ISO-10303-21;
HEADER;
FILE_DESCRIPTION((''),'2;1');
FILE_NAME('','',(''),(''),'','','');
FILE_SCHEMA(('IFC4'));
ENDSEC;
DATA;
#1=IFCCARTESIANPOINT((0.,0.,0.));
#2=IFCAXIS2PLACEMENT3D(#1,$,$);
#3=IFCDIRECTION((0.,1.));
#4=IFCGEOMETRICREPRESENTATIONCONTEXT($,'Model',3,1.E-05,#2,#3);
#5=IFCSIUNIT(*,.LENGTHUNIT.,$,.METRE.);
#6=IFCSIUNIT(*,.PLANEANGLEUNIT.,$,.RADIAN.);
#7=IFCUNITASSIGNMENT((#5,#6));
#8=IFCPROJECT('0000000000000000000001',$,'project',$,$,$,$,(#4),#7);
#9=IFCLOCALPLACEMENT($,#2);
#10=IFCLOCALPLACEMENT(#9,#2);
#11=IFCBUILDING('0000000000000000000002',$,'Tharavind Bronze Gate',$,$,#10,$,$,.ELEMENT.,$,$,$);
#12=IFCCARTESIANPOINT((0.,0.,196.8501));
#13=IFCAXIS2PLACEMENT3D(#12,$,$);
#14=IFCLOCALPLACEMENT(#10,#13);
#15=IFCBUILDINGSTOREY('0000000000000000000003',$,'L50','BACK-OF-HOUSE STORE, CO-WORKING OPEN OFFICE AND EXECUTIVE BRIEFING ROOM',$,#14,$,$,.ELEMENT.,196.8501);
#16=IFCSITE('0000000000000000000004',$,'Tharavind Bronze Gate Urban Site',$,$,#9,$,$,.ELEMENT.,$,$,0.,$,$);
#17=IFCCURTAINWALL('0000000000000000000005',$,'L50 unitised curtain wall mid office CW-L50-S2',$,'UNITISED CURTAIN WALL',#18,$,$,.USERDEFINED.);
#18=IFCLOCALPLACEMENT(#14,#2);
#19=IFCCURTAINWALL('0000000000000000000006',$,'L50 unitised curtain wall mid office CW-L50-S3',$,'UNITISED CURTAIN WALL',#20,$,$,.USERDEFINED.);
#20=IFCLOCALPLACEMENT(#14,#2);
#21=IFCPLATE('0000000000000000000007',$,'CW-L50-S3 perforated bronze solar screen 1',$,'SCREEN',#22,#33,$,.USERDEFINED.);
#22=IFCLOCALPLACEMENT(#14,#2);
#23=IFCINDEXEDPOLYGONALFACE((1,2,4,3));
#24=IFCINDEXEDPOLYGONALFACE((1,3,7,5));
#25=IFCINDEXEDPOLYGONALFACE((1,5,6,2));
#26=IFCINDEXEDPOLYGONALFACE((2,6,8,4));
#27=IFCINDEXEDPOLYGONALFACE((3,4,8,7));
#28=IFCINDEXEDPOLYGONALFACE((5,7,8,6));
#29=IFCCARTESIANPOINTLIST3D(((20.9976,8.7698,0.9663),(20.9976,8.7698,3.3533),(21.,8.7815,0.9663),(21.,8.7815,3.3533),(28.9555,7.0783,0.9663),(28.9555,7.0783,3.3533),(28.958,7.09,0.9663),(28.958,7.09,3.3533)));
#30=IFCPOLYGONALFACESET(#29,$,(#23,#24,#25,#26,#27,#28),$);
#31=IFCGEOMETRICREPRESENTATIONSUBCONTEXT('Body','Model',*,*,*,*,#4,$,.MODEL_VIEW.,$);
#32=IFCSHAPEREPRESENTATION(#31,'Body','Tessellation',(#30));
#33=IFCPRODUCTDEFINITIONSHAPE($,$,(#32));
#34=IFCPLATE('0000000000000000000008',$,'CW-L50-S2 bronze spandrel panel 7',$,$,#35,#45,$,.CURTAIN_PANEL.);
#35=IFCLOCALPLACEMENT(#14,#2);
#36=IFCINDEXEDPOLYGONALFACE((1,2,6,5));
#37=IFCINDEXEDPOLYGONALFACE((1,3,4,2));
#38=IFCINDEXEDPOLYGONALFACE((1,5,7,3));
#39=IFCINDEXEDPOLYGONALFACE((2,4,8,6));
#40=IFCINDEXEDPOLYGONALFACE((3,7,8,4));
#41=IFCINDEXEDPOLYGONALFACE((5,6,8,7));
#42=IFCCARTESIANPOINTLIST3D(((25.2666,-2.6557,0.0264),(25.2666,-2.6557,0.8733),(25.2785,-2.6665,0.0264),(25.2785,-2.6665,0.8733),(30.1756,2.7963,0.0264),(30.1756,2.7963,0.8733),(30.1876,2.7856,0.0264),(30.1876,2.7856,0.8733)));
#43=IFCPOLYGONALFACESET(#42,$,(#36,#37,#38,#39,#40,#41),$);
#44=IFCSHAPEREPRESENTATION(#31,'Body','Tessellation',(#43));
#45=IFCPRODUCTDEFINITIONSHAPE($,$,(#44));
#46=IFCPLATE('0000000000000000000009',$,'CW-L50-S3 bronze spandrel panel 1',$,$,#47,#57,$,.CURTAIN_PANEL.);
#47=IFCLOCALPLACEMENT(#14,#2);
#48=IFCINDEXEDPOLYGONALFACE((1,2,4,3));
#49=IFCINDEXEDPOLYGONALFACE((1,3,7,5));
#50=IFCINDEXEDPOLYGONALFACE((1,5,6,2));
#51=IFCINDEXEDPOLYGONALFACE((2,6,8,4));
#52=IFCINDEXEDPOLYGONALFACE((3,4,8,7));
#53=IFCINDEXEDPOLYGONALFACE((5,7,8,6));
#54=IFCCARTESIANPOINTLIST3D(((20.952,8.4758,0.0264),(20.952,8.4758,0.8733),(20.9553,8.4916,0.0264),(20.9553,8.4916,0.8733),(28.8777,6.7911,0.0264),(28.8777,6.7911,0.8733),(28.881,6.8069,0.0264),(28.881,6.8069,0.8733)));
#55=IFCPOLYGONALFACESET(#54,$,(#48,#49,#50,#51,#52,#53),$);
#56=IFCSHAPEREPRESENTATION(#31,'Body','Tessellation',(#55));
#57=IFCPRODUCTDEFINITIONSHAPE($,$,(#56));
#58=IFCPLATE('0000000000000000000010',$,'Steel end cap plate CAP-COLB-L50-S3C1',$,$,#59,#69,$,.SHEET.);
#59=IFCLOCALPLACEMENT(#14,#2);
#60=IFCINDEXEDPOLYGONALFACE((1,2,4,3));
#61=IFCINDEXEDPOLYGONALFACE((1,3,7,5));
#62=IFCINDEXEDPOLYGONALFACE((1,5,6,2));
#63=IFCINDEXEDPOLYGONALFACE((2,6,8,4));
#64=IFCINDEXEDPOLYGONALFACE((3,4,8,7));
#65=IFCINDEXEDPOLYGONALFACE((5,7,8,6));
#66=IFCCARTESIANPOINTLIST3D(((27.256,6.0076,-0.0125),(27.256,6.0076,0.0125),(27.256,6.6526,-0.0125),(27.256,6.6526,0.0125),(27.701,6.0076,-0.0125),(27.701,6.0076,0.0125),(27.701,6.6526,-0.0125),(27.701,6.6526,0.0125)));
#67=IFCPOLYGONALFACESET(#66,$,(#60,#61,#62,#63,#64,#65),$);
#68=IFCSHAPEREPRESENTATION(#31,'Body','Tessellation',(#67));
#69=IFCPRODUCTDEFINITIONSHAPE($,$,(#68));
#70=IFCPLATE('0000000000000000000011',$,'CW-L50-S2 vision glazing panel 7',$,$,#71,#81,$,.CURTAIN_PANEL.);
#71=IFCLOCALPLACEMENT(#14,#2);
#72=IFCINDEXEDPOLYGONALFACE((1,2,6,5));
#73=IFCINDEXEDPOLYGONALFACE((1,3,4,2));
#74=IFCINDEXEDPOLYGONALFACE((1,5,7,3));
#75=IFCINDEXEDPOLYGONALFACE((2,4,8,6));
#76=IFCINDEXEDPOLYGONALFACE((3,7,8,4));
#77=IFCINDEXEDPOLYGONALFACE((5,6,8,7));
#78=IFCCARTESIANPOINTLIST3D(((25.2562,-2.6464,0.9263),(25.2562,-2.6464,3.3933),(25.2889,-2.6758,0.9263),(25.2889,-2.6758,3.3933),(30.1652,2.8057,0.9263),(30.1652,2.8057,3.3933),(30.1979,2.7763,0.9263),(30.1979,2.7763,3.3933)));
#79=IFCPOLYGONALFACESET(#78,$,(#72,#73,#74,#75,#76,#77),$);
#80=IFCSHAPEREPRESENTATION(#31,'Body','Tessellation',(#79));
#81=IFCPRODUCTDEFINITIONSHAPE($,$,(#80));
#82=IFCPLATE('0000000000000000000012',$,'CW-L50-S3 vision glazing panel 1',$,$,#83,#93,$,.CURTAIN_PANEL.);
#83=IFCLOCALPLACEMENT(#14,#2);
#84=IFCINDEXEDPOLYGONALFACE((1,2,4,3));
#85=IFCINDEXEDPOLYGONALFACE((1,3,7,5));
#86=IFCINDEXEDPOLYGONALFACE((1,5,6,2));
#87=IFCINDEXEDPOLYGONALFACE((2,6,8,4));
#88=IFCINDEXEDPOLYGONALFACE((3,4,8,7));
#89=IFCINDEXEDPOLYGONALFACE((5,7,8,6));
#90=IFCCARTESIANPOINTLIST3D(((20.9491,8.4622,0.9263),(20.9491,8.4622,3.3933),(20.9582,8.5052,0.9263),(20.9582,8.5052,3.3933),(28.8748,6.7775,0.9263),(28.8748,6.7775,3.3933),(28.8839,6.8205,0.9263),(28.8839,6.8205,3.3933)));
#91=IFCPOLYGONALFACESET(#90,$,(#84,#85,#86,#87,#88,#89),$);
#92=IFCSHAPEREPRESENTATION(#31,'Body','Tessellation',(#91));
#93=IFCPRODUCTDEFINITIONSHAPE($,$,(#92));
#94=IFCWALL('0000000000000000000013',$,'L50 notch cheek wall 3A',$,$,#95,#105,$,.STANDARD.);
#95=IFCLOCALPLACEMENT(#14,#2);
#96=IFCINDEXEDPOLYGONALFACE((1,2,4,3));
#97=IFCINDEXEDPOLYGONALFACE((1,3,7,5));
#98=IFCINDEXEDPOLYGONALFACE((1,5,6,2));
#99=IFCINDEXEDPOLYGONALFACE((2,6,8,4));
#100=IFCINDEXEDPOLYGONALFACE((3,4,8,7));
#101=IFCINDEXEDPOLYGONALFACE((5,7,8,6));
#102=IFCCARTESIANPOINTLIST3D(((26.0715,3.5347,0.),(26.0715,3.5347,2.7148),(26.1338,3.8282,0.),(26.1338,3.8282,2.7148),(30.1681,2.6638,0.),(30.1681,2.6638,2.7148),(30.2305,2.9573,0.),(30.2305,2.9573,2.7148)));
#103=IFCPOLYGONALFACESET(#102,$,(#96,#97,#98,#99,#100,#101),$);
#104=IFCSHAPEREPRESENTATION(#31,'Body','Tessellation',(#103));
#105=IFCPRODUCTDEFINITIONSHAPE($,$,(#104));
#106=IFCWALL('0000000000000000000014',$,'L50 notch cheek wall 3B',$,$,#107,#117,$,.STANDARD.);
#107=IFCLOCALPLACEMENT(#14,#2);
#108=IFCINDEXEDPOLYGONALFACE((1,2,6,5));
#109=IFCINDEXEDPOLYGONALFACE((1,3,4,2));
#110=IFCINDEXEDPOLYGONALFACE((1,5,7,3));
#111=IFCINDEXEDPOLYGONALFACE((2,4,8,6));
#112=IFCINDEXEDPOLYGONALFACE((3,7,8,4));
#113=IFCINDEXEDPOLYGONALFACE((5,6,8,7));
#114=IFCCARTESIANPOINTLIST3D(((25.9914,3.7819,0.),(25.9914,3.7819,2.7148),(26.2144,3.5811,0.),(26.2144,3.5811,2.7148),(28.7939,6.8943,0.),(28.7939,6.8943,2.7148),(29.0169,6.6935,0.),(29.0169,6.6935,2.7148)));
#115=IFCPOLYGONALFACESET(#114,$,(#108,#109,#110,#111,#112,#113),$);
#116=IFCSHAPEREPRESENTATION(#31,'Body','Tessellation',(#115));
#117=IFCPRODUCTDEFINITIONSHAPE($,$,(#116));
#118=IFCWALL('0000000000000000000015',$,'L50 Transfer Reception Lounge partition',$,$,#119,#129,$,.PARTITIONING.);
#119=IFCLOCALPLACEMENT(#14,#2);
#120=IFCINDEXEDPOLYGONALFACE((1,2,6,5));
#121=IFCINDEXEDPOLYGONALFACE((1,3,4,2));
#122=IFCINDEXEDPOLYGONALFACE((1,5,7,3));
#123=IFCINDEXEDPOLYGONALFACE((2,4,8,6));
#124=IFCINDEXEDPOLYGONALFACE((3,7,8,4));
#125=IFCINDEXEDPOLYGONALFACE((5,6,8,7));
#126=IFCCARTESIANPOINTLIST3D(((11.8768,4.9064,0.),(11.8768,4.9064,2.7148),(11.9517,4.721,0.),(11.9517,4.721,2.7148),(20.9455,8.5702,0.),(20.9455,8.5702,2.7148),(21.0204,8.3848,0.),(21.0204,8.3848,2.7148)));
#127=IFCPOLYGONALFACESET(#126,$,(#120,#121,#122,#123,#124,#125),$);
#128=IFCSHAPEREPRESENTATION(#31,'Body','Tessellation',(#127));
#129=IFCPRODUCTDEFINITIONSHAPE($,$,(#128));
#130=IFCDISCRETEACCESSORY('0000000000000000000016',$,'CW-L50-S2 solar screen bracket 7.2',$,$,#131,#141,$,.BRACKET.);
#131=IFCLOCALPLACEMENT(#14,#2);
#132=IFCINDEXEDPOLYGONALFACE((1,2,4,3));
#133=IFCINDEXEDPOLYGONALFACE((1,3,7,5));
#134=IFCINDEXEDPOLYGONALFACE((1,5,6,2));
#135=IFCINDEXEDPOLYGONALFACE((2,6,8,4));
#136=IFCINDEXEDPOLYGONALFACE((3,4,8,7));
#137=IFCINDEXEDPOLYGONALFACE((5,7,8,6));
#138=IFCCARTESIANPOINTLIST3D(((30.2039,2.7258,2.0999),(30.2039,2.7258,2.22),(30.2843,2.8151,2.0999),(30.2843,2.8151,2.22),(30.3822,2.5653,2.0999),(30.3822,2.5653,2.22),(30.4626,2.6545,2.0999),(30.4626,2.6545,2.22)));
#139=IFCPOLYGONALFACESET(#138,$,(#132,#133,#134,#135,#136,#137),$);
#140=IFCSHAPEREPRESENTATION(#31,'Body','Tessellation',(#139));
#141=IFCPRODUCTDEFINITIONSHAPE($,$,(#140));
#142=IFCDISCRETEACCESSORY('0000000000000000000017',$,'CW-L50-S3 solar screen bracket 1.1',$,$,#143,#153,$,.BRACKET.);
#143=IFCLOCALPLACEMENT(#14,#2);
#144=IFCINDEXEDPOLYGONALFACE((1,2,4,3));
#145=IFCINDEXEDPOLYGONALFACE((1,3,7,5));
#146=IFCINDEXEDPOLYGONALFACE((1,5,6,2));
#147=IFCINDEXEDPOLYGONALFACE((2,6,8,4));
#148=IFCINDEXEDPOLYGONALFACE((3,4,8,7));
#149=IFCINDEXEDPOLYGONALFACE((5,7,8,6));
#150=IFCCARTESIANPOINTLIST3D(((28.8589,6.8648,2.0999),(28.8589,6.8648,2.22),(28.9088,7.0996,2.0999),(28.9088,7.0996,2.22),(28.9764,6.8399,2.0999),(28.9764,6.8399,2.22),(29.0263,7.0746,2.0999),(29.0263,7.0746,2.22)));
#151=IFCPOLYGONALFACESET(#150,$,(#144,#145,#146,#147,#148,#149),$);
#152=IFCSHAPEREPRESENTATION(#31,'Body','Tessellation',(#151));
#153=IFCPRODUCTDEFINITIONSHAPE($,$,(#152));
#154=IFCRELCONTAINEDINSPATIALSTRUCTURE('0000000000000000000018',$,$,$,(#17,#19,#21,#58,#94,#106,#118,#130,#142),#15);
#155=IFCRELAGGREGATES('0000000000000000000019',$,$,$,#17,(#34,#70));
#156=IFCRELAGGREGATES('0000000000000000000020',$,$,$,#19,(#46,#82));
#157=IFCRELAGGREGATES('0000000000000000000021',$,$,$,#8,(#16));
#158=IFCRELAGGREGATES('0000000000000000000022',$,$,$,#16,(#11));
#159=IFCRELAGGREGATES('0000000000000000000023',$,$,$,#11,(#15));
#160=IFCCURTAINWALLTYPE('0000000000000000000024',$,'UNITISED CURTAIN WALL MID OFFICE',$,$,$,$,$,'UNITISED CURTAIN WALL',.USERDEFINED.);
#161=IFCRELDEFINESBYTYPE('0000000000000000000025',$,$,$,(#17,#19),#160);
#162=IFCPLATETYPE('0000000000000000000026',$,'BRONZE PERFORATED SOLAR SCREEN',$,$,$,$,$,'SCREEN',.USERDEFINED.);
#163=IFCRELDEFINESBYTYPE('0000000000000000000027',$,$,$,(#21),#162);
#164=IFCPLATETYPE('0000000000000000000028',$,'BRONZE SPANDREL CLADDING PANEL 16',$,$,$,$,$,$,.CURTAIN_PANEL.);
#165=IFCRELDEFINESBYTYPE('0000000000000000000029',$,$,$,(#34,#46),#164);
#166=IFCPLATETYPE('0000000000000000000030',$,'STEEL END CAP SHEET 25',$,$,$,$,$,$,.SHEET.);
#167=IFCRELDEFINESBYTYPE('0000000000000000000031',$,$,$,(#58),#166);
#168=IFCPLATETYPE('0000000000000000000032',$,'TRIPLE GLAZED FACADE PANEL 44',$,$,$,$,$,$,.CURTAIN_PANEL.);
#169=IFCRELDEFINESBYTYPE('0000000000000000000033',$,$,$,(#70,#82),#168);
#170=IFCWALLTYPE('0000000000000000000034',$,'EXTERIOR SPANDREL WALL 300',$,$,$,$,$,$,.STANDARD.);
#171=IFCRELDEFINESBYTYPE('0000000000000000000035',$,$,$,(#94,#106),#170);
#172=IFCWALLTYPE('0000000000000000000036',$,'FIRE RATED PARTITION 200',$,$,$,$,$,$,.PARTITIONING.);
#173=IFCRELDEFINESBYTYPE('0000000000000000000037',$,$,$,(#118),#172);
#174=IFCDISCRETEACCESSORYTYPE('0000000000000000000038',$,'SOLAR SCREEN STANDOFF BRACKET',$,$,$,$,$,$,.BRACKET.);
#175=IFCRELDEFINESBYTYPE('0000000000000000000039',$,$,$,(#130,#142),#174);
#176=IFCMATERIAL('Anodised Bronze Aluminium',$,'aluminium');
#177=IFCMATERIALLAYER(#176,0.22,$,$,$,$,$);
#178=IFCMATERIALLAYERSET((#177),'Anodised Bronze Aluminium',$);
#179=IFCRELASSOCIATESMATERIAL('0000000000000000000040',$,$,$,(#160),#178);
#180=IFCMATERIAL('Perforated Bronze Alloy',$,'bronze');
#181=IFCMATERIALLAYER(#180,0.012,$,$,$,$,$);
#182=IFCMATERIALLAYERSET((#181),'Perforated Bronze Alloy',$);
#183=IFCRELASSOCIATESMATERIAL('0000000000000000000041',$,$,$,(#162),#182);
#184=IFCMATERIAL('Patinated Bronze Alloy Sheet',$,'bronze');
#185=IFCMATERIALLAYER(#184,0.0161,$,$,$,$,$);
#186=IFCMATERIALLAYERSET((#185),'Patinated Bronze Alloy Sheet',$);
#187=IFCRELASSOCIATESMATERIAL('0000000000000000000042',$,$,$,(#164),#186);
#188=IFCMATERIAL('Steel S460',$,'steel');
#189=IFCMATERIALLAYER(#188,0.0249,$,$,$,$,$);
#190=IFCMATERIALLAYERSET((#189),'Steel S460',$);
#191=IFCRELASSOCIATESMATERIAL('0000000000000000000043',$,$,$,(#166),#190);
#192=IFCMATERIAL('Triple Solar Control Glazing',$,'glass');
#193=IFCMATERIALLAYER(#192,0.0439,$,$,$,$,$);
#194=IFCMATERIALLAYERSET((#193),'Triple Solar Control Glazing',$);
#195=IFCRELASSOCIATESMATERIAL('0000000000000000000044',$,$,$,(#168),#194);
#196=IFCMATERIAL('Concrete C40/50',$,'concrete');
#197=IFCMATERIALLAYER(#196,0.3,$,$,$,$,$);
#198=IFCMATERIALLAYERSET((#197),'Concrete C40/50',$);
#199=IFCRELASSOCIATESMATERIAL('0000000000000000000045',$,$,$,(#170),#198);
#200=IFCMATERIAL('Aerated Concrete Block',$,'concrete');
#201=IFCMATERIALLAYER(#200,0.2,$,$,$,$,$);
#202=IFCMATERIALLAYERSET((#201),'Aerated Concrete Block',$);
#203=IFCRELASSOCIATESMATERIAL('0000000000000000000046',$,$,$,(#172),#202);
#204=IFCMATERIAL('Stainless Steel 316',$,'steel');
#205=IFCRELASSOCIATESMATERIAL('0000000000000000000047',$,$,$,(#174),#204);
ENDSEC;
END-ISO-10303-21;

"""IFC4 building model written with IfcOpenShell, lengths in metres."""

from ifc_helpers import new_model, si_unit, direction, frame, frame_2d, origin, origin_2d, place, context, subcontext, project, spatial, rectangle, extrude, material, layer, layer_set, type_object, element, aggregate, save


model = new_model("IFC4")

# Units and contexts
model_context = context("Model", 3, precision=1e-05, world=origin(), true_north=direction((0.0, 1.0)))
body_context = subcontext(model_context, "Body", "Model", "MODEL_VIEW")
ifc_project = project(units=[si_unit("LENGTHUNIT", "METRE"), si_unit("PLANEANGLEUNIT", "RADIAN")], contexts=[model_context])

# Site, building, storey
site_placement = place(None, origin())
site = spatial("IfcSite", under=ifc_project, at=site_placement, Name="Tharavind Bronze Gate Urban Site", CompositionType="ELEMENT", RefElevation=0.0)
building_placement = place(site_placement, origin())
building = spatial("IfcBuilding", under=site, at=building_placement, Name="Tharavind Bronze Gate", CompositionType="ELEMENT")
storey_placement = place(building_placement, frame((0.0, 0.0, 196.8501)))
storey = spatial("IfcBuildingStorey", under=building, at=storey_placement, Name="L50", Description="BACK-OF-HOUSE STORE, CO-WORKING OPEN OFFICE AND EXECUTIVE BRIEFING ROOM", CompositionType="ELEMENT", Elevation=196.8501)

# Shared definitions
ifc_material_1 = material(Name="Steel S460", Category="steel")

# Curtain walls
ifc_material_2 = material(Name="Anodised Bronze Aluminium", Category="aluminium")
ifc_layer_1 = layer(ifc_material_2, 0.22)
ifc_layer_set_1 = layer_set([ifc_layer_1], Name="Anodised Bronze Aluminium")
curtain_wall_type = type_object("IfcCurtainWallType", Name="UNITISED CURTAIN WALL MID OFFICE", ElementType="UNITISED CURTAIN WALL", PredefinedType="USERDEFINED", material=ifc_layer_set_1)
curtain_wall_1_placement = place(storey_placement, origin())
curtain_wall_1 = element("IfcCurtainWall", 1, at=curtain_wall_1_placement, inside=storey, type_object=curtain_wall_type, Name="L50 unitised curtain wall mid office CW-L50-S2", ObjectType="UNITISED CURTAIN WALL", PredefinedType="USERDEFINED")
curtain_wall_2_placement = place(storey_placement, origin())
curtain_wall_2 = element("IfcCurtainWall", 2, at=curtain_wall_2_placement, inside=storey, type_object=curtain_wall_type, Name="L50 unitised curtain wall mid office CW-L50-S3", ObjectType="UNITISED CURTAIN WALL", PredefinedType="USERDEFINED")

# Plates
ifc_material_3 = material(Name="Perforated Bronze Alloy", Category="bronze")
ifc_layer_2 = layer(ifc_material_3, 0.012)
ifc_layer_set_2 = layer_set([ifc_layer_2], Name="Perforated Bronze Alloy")
plate_type_1 = type_object("IfcPlateType", Name="BRONZE PERFORATED SOLAR SCREEN", ElementType="SCREEN", PredefinedType="USERDEFINED", material=ifc_layer_set_2)
plate_1_placement = place(storey_placement, frame((24.9778, 7.9299, 0.9663), z_axis=(0.0, 0.0, 1.0), x_axis=(-0.978148, 0.207912, 0.0)))
element("IfcPlate", 3, at=plate_1_placement, inside=storey, type_object=plate_type_1, Name="CW-L50-S3 perforated bronze solar screen 1", ObjectType="SCREEN", PredefinedType="USERDEFINED", context=body_context, shape_type="SweptSolid", body=[
    extrude(rectangle(XDim=8.1357, YDim=0.012, at=origin_2d()), origin(), (0.0, 0.0, 1.0), 2.387),
])
ifc_material_4 = material(Name="Patinated Bronze Alloy Sheet", Category="bronze")
ifc_layer_3 = layer(ifc_material_4, 0.0161)
ifc_layer_set_3 = layer_set([ifc_layer_3], Name="Patinated Bronze Alloy Sheet")
plate_type_2 = type_object("IfcPlateType", Name="BRONZE SPANDREL CLADDING PANEL 16", PredefinedType="CURTAIN_PANEL", material=ifc_layer_set_3)
plate_2_placement = place(storey_placement, frame((27.7271, 0.0649, 0.0264), z_axis=(0.0, 0.0, 1.0), x_axis=(0.669131, 0.743145, 0.0)))
plate_2 = element("IfcPlate", 4, at=plate_2_placement, type_object=plate_type_2, Name="CW-L50-S2 bronze spandrel panel 7", PredefinedType="CURTAIN_PANEL", context=body_context, shape_type="SweptSolid", body=[
    extrude(rectangle(XDim=7.3364, YDim=0.0161, at=origin_2d()), origin(), (0.0, 0.0, 1.0), 0.8469),
])
plate_3_placement = place(storey_placement, frame((24.9165, 7.6414, 0.0264), z_axis=(0.0, 0.0, 1.0), x_axis=(-0.978148, 0.207912, 0.0)))
plate_3 = element("IfcPlate", 5, at=plate_3_placement, type_object=plate_type_2, Name="CW-L50-S3 bronze spandrel panel 1", PredefinedType="CURTAIN_PANEL", context=body_context, shape_type="SweptSolid", body=[
    extrude(rectangle(XDim=8.1028, YDim=0.0161, at=origin_2d()), origin(), (0.0, 0.0, 1.0), 0.8469),
])
ifc_layer_4 = layer(ifc_material_1, 0.0249)
ifc_layer_set_4 = layer_set([ifc_layer_4], Name="Steel S460")
plate_type_3 = type_object("IfcPlateType", Name="STEEL END CAP SHEET 25", PredefinedType="SHEET", material=ifc_layer_set_4)
plate_4_placement = place(storey_placement, frame((27.4785, 6.3301, -0.0125), z_axis=(0.0, 0.0, 1.0), x_axis=(1.0, 0.0, 0.0)))
element("IfcPlate", 6, at=plate_4_placement, inside=storey, type_object=plate_type_3, Name="Steel end cap plate CAP-COLB-L50-S3C1", PredefinedType="SHEET", context=body_context, shape_type="SweptSolid", body=[
    extrude(rectangle(XDim=0.4451, YDim=0.645, at=origin_2d()), origin(), (0.0, 0.0, 1.0), 0.0249),
])
ifc_material_5 = material(Name="Triple Solar Control Glazing", Category="glass")
ifc_layer_5 = layer(ifc_material_5, 0.0439)
ifc_layer_set_5 = layer_set([ifc_layer_5], Name="Triple Solar Control Glazing")
plate_type_4 = type_object("IfcPlateType", Name="TRIPLE GLAZED FACADE PANEL 44", PredefinedType="CURTAIN_PANEL", material=ifc_layer_set_5)
plate_5_placement = place(storey_placement, frame((27.7271, 0.0649, 0.9263), z_axis=(0.0, 0.0, 1.0), x_axis=(0.669131, 0.743145, 0.0)))
plate_5 = element("IfcPlate", 7, at=plate_5_placement, type_object=plate_type_4, Name="CW-L50-S2 vision glazing panel 7", PredefinedType="CURTAIN_PANEL", context=body_context, shape_type="SweptSolid", body=[
    extrude(rectangle(XDim=7.3364, YDim=0.0439, at=origin_2d()), origin(), (0.0, 0.0, 1.0), 2.467),
])
aggregate(curtain_wall_1, [plate_2, plate_5])
plate_6_placement = place(storey_placement, frame((24.9165, 7.6414, 0.9263), z_axis=(0.0, 0.0, 1.0), x_axis=(-0.978148, 0.207912, 0.0)))
plate_6 = element("IfcPlate", 8, at=plate_6_placement, type_object=plate_type_4, Name="CW-L50-S3 vision glazing panel 1", PredefinedType="CURTAIN_PANEL", context=body_context, shape_type="SweptSolid", body=[
    extrude(rectangle(XDim=8.1028, YDim=0.0439, at=origin_2d()), origin(), (0.0, 0.0, 1.0), 2.467),
])
aggregate(curtain_wall_2, [plate_3, plate_6])

# Walls
ifc_material_6 = material(Name="Concrete C40/50", Category="concrete")
ifc_layer_6 = layer(ifc_material_6, 0.3)
ifc_layer_set_6 = layer_set([ifc_layer_6], Name="Concrete C40/50")
wall_type_1 = type_object("IfcWallType", Name="EXTERIOR SPANDREL WALL 300", PredefinedType="STANDARD", material=ifc_layer_set_6)
for number, where, z_axis, x_axis, name in (
    (9, (30.1995, 2.8105, 0.0), (0.0, 0.0, 1.0), (-0.978144, 0.207928, 0.0), "L50 notch cheek wall 3A"),
    (10, (26.1028, 3.6814, 0.0), (0.0, 0.0, 1.0), (0.669152, 0.743126, 0.0), "L50 notch cheek wall 3B"),
):
    element("IfcWall", number, at=place(storey_placement, frame(where, z_axis=z_axis, x_axis=x_axis)), inside=storey, type_object=wall_type_1, Name=name, PredefinedType="STANDARD", context=body_context, shape_type="SweptSolid", body=[
        extrude(rectangle(XDim=4.1882, YDim=0.3, at=frame_2d((2.0942, 0.0))), origin(), (0.0, 0.0, 1.0), 2.7148),
    ])
ifc_material_7 = material(Name="Aerated Concrete Block", Category="concrete")
ifc_layer_7 = layer(ifc_material_7, 0.2)
ifc_layer_set_7 = layer_set([ifc_layer_7], Name="Aerated Concrete Block")
wall_type_2 = type_object("IfcWallType", Name="FIRE RATED PARTITION 200", PredefinedType="PARTITIONING", material=ifc_layer_set_7)
wall_placement = place(storey_placement, frame((20.9829, 8.4775, 0.0), z_axis=(0.0, 0.0, 1.0), x_axis=(-0.927189, -0.374595, 0.0)))
element("IfcWall", 11, at=wall_placement, inside=storey, type_object=wall_type_2, Name="L50 Transfer Reception Lounge partition", PredefinedType="PARTITIONING", context=body_context, shape_type="SweptSolid", body=[
    extrude(rectangle(XDim=9.7808, YDim=0.2, at=frame_2d((4.8904, 0.0))), origin(), (0.0, 0.0, 1.0), 2.7148),
])

# Discrete accessories
ifc_material_8 = material(Name="Stainless Steel 316", Category="steel")
discrete_accessory_type = type_object("IfcDiscreteAccessoryType", Name="SOLAR SCREEN STANDOFF BRACKET", PredefinedType="BRACKET", material=ifc_material_8)
for number, where, z_axis, x_axis, name in (
    (12, (30.3333, 2.6902, 2.0999), (0.0, 0.0, 1.0), (0.669131, 0.743145, 0.0), "CW-L50-S2 solar screen bracket 7.2"),
    (13, (28.9426, 6.9697, 2.0999), (0.0, 0.0, 1.0), (-0.978148, 0.207912, 0.0), "CW-L50-S3 solar screen bracket 1.1"),
):
    element("IfcDiscreteAccessory", number, at=place(storey_placement, frame(where, z_axis=z_axis, x_axis=x_axis)), inside=storey, type_object=discrete_accessory_type, Name=name, PredefinedType="BRACKET", context=body_context, shape_type="SweptSolid", body=[
        extrude(rectangle(XDim=0.1201, YDim=0.24, at=origin_2d()), origin(), (0.0, 0.0, 1.0), 0.1201),
    ])

save(model, "model.ifc")
